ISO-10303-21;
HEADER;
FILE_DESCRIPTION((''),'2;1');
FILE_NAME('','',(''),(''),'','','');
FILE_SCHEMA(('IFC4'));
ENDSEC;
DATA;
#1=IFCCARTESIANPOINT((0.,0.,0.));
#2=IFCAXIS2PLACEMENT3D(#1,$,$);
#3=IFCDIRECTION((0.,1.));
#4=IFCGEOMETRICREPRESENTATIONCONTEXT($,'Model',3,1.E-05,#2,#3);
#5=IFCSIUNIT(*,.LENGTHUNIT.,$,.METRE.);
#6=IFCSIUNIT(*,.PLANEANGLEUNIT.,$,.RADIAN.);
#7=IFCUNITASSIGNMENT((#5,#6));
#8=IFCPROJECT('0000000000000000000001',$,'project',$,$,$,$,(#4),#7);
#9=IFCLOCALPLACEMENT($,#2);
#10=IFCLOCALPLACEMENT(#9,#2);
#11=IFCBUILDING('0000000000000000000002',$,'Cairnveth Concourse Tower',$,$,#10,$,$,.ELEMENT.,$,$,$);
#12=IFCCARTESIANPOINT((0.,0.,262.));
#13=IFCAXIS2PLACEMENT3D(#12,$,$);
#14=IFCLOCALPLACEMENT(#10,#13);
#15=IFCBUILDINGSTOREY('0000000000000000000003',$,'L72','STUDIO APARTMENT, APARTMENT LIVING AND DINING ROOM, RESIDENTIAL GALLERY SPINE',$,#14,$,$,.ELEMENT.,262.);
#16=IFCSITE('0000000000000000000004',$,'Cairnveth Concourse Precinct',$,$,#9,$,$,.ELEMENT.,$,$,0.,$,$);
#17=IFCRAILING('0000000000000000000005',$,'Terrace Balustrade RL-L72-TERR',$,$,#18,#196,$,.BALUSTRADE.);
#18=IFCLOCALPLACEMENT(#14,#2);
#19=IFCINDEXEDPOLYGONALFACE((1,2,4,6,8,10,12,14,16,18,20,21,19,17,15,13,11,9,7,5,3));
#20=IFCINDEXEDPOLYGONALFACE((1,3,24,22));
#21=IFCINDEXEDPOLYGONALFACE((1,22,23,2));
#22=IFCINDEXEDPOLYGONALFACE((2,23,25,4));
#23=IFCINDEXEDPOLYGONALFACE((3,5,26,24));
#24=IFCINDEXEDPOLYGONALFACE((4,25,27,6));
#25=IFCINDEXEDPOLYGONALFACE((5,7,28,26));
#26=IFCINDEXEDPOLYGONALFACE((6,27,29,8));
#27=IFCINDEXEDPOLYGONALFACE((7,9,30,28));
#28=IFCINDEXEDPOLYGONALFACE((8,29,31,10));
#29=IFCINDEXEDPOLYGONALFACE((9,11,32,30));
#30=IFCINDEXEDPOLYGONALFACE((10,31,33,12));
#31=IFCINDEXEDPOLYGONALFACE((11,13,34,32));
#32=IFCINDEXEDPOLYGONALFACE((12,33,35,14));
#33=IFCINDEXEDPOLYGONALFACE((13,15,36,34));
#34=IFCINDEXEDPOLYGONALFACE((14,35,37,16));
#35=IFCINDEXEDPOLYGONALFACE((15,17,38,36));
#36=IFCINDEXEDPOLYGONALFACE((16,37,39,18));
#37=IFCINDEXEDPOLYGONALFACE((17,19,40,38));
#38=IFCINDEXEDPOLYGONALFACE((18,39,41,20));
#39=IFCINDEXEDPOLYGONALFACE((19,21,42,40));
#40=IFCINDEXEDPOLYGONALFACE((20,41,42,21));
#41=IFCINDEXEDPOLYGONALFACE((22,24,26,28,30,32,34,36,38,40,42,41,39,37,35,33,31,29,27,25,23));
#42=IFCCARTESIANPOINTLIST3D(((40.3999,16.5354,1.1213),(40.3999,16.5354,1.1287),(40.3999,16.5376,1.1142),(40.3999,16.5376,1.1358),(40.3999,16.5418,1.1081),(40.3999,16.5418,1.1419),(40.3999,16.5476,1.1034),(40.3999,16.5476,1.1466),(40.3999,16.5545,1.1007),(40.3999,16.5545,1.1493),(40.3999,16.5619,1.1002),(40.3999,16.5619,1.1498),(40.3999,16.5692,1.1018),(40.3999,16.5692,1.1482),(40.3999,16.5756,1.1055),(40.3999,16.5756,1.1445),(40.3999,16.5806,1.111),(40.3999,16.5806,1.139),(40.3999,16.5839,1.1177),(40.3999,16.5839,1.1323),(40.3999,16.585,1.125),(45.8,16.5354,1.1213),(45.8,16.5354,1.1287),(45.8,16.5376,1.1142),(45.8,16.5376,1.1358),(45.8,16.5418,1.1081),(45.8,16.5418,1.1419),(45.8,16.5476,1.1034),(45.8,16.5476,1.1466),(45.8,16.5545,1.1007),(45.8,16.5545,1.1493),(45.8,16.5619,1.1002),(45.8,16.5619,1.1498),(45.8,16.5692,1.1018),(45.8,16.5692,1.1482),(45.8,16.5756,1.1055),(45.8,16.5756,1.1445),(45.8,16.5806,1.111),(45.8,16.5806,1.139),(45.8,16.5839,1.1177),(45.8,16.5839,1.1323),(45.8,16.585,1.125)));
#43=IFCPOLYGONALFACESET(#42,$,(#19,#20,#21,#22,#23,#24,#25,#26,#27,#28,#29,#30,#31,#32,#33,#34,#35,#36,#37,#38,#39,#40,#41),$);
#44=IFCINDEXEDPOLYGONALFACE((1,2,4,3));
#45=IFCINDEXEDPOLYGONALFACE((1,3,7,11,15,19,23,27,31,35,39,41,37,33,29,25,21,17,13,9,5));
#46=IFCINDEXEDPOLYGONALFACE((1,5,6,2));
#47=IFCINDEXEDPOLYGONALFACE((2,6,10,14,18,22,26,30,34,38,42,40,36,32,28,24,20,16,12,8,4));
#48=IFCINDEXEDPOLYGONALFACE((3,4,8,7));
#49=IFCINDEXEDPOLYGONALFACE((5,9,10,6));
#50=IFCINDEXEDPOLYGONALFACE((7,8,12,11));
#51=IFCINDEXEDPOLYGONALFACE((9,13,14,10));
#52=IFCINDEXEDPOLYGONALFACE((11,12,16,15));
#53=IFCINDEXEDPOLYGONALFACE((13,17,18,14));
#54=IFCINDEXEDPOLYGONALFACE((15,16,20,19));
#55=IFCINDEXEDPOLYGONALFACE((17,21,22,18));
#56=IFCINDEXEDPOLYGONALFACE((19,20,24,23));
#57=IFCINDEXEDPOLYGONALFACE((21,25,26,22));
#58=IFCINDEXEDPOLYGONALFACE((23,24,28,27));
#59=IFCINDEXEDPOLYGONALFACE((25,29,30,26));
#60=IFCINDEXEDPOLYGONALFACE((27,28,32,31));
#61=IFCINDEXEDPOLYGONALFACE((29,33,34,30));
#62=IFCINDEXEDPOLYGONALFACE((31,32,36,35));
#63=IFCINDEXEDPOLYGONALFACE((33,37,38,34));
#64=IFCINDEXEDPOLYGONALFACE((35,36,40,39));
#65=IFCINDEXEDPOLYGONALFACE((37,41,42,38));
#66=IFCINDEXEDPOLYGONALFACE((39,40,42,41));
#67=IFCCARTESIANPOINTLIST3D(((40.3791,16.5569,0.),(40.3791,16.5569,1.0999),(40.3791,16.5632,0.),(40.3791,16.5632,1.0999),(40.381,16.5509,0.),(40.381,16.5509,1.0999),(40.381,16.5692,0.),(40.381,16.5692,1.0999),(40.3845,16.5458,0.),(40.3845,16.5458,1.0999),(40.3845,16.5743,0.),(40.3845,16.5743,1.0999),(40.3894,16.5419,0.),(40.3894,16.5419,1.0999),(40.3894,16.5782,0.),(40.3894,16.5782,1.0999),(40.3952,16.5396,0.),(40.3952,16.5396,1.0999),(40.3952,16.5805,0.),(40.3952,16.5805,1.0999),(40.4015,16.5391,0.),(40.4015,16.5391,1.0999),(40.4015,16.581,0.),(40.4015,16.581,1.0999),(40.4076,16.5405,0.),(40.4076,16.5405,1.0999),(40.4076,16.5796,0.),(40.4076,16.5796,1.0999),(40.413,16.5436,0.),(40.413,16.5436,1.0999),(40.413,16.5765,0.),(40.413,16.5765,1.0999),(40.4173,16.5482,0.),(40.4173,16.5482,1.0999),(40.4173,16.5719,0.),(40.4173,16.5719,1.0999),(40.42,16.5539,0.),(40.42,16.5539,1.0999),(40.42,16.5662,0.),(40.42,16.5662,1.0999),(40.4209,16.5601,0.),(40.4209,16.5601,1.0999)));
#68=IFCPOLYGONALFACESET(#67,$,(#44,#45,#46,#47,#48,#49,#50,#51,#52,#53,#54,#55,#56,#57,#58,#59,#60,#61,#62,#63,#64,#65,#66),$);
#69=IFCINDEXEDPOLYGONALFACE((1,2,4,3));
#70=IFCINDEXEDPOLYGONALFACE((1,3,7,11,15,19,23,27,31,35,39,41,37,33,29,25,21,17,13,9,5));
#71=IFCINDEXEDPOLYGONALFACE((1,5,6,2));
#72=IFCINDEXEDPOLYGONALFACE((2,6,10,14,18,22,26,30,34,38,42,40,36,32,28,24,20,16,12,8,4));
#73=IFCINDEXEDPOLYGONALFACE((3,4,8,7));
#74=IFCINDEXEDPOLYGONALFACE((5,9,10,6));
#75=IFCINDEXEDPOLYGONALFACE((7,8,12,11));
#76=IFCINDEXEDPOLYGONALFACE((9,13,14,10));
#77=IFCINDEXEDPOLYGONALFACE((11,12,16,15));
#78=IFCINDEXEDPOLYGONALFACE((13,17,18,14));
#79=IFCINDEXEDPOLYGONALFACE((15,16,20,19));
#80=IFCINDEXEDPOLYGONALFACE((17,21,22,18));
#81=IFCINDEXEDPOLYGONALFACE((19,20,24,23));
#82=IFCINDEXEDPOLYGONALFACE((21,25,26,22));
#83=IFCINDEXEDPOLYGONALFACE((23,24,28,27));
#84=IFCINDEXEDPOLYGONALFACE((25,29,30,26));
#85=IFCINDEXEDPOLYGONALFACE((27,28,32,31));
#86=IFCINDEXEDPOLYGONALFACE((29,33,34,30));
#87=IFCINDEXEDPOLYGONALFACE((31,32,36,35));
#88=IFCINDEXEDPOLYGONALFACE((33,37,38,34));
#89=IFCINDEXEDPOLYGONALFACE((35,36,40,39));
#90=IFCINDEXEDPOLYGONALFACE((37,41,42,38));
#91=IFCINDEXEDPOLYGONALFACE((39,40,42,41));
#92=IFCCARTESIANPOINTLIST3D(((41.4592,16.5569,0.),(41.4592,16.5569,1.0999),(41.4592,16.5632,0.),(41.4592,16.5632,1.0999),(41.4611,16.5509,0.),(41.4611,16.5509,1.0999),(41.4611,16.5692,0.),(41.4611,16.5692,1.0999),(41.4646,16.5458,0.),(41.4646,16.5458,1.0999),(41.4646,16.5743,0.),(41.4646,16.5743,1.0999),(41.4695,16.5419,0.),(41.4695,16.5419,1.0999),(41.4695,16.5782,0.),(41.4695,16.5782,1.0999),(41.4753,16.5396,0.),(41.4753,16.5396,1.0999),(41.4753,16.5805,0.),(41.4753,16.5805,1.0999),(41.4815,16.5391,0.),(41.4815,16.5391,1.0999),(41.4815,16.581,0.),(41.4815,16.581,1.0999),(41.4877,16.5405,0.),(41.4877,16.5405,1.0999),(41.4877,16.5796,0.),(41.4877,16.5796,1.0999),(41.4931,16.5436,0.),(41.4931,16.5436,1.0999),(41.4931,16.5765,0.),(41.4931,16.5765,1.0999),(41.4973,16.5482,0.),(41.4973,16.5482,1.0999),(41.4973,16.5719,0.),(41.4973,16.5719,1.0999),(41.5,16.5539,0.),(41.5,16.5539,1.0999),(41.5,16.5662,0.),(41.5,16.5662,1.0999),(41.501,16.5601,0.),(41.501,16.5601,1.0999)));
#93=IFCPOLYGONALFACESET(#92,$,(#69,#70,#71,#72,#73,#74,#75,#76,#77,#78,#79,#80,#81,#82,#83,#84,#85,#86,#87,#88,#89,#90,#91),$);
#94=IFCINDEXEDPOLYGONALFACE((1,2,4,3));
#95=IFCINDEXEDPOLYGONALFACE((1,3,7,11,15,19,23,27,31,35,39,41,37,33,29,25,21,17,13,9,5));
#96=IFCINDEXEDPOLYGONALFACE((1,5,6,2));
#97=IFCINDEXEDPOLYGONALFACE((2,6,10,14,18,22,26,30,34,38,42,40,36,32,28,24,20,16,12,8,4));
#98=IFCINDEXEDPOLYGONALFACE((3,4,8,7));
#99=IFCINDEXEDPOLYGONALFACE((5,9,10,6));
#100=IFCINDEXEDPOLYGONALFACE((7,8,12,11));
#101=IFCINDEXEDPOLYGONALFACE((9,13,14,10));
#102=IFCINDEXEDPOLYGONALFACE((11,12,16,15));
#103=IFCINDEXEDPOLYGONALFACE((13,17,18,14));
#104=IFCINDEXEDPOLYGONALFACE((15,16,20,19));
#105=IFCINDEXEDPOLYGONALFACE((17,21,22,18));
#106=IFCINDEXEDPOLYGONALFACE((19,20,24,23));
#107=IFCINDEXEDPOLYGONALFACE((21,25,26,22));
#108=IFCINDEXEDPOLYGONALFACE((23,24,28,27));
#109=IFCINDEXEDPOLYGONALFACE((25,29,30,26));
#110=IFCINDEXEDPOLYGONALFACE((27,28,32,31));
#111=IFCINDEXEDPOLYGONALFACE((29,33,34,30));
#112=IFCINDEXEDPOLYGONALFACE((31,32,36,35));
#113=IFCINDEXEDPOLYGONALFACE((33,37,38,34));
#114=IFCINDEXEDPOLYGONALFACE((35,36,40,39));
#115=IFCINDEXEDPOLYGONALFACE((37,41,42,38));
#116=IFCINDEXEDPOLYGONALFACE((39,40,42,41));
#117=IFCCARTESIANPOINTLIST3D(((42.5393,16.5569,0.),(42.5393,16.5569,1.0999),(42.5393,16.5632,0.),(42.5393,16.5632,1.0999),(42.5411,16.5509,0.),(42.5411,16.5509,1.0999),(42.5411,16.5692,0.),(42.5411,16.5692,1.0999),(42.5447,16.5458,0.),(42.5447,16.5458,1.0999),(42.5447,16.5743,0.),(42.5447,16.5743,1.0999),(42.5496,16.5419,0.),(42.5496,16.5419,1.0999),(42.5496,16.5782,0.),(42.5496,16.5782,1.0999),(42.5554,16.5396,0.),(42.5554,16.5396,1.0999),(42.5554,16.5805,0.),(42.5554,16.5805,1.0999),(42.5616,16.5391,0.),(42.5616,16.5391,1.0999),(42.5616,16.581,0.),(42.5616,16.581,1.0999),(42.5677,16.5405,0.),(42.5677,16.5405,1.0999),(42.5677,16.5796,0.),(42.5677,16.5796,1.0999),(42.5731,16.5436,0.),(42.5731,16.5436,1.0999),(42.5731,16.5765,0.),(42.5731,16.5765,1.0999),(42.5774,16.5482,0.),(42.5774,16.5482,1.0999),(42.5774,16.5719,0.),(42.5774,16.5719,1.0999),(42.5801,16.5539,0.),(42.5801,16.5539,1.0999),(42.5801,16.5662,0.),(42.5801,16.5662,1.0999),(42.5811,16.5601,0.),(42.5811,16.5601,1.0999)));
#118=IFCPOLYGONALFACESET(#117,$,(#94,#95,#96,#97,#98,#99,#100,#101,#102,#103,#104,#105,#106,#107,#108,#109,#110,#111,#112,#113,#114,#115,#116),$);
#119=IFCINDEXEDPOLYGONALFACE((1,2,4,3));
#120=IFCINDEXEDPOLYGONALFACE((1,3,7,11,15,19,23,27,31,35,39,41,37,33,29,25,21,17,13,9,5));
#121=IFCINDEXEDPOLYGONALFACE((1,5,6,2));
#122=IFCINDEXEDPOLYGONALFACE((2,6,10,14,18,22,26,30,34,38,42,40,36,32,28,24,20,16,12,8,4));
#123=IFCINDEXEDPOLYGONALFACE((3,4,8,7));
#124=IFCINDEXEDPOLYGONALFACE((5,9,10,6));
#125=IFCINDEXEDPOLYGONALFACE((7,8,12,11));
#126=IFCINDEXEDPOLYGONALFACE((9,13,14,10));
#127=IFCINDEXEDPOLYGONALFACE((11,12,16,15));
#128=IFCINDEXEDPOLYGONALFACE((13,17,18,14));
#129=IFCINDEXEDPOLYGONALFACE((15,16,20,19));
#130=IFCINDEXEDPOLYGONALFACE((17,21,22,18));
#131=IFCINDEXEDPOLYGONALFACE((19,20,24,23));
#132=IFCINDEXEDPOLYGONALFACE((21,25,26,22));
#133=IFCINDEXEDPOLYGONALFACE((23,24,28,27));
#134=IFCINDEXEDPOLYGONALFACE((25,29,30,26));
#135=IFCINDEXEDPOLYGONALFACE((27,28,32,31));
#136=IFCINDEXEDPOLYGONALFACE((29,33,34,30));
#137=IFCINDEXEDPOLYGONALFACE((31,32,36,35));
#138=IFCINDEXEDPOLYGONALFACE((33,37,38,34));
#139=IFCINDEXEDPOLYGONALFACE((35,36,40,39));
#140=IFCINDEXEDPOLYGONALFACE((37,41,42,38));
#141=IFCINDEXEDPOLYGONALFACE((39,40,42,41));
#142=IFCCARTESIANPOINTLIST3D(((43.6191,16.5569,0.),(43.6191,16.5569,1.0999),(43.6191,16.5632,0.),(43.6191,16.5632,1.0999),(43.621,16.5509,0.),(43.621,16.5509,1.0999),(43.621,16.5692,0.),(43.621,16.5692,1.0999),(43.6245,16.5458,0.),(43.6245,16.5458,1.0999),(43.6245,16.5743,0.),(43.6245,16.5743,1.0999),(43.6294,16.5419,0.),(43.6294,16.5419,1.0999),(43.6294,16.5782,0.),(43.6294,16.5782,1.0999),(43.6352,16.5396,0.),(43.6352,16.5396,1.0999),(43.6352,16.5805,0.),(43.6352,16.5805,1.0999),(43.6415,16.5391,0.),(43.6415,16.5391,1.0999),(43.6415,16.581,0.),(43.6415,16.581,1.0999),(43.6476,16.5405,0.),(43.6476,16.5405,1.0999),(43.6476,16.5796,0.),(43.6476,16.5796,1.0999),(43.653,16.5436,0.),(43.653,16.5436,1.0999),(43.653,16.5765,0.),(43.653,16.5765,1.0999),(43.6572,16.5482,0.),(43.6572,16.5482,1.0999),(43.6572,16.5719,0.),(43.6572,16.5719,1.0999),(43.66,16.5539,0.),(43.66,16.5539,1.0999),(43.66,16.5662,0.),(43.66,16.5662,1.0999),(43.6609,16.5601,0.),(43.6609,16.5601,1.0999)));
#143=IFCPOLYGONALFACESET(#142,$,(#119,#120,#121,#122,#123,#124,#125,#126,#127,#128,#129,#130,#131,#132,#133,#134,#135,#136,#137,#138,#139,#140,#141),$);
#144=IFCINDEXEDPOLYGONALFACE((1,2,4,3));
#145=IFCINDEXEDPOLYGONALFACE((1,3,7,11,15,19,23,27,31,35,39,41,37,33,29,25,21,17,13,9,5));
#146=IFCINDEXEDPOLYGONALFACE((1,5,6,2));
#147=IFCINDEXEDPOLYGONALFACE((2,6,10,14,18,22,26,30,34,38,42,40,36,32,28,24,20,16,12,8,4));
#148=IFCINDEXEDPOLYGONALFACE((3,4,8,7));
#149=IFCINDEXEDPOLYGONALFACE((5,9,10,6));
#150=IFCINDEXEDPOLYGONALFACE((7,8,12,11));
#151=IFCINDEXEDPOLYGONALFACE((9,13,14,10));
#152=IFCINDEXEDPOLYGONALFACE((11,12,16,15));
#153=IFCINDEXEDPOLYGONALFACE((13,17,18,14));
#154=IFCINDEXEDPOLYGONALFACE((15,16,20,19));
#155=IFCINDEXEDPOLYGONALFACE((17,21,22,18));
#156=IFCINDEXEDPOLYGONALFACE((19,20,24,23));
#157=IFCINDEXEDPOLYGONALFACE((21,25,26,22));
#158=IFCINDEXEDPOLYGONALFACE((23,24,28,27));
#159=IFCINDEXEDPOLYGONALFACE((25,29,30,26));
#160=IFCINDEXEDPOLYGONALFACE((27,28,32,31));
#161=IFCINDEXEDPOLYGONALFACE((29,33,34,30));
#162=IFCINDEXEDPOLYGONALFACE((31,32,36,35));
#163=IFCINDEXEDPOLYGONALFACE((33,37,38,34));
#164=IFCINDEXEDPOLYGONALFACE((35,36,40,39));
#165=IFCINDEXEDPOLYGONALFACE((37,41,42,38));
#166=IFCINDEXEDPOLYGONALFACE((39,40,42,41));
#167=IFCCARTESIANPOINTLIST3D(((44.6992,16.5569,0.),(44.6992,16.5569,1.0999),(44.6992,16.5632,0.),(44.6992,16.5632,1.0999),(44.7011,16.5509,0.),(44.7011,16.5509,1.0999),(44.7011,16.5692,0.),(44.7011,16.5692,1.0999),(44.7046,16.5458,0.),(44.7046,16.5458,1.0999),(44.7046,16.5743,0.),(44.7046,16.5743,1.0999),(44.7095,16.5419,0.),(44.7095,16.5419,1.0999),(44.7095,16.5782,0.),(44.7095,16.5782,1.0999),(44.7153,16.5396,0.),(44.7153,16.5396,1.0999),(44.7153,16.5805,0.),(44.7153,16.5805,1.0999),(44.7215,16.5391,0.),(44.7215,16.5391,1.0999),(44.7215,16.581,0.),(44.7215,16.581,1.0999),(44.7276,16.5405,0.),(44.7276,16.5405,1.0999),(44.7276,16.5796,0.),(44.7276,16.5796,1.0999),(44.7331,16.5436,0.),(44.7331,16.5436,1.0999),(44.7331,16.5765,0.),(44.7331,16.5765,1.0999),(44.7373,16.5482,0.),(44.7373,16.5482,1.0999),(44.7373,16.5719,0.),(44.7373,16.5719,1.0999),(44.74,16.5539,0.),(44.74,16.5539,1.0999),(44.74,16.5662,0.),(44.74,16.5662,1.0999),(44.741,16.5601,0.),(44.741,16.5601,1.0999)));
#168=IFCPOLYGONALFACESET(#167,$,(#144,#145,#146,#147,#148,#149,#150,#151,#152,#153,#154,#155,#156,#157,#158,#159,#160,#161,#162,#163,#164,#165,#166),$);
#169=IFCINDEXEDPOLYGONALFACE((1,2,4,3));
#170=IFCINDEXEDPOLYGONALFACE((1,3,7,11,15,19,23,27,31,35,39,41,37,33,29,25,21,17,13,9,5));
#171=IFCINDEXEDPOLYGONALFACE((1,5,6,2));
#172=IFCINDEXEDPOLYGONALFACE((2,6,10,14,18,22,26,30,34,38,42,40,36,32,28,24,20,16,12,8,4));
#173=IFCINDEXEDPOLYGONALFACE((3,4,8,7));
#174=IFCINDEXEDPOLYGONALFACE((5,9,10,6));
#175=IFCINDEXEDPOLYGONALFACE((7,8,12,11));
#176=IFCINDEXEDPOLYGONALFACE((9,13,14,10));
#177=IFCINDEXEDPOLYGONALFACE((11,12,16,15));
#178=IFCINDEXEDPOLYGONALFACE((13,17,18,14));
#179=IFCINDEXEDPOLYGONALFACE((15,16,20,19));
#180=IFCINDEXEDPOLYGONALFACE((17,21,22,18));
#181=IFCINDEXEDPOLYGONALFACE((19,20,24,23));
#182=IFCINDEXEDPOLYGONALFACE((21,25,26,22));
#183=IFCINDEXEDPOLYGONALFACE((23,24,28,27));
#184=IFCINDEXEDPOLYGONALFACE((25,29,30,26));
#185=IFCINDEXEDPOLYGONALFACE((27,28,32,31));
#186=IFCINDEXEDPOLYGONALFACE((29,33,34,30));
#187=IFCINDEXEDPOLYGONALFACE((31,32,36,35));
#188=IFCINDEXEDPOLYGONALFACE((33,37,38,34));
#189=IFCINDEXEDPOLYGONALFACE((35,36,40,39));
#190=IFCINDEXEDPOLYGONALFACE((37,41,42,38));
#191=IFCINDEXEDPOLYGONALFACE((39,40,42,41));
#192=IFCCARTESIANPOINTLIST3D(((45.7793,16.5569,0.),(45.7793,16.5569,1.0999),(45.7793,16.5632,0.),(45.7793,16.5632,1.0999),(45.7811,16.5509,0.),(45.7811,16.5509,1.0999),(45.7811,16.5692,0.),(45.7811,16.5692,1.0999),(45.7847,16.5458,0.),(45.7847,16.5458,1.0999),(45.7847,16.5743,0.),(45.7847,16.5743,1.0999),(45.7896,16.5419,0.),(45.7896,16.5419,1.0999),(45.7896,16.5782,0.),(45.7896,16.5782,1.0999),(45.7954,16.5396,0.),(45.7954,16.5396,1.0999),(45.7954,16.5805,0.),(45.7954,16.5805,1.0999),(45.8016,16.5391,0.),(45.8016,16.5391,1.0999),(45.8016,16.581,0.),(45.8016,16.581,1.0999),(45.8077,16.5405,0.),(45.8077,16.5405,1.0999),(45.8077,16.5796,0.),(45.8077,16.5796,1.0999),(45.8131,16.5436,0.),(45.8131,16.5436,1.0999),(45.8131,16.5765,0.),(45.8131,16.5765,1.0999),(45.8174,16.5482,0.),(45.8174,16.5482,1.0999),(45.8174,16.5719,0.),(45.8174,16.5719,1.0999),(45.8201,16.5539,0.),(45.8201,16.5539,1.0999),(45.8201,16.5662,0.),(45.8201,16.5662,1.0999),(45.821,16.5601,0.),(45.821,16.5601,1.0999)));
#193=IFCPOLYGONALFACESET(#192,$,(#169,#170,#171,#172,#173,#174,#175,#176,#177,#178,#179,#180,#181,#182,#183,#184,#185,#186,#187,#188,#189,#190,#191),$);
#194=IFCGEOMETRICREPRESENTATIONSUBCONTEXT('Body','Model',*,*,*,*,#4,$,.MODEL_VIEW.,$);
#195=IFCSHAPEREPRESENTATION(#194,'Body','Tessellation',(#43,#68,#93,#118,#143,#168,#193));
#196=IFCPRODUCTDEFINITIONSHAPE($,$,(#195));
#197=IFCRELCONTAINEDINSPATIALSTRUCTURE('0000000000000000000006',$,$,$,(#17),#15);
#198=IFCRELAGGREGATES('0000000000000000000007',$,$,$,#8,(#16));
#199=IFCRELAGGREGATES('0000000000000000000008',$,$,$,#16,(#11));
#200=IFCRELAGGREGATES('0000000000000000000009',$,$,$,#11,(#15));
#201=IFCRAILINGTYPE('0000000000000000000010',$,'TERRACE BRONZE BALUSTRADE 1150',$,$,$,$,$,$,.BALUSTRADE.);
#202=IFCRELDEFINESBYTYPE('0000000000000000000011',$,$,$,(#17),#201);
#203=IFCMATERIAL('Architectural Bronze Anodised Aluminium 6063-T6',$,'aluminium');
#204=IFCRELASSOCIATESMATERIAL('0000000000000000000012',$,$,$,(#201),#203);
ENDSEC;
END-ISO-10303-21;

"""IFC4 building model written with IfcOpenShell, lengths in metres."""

from ifc_helpers import new_model, si_unit, direction, frame, origin, origin_2d, place, context, subcontext, project, spatial, circle, extrude, material, type_object, element, save


model = new_model("IFC4")

# Units and contexts
model_context = context("Model", 3, precision=1e-05, world=origin(), true_north=direction((0.0, 1.0)))
body_context = subcontext(model_context, "Body", "Model", "MODEL_VIEW")
ifc_project = project(units=[si_unit("LENGTHUNIT", "METRE"), si_unit("PLANEANGLEUNIT", "RADIAN")], contexts=[model_context])

# Site, building, storey
site_placement = place(None, origin())
site = spatial("IfcSite", under=ifc_project, at=site_placement, Name="Cairnveth Concourse Precinct", CompositionType="ELEMENT", RefElevation=0.0)
building_placement = place(site_placement, origin())
building = spatial("IfcBuilding", under=site, at=building_placement, Name="Cairnveth Concourse Tower", CompositionType="ELEMENT")
storey_placement = place(building_placement, frame((0.0, 0.0, 262.0)))
storey = spatial("IfcBuildingStorey", under=building, at=storey_placement, Name="L72", Description="STUDIO APARTMENT, APARTMENT LIVING AND DINING ROOM, RESIDENTIAL GALLERY SPINE", CompositionType="ELEMENT", Elevation=262.0)

# Shared definitions
ifc_material_1 = material(Name="Architectural Bronze Anodised Aluminium 6063-T6", Category="aluminium")

# Railing
railing_type = type_object("IfcRailingType", Name="TERRACE BRONZE BALUSTRADE 1150", PredefinedType="BALUSTRADE", material=ifc_material_1)
railing_placement = place(storey_placement, frame((40.3999, 16.5601, 0.0)))
element("IfcRailing", 1, at=railing_placement, inside=storey, type_object=railing_type, Name="Terrace Balustrade RL-L72-TERR", PredefinedType="BALUSTRADE", context=body_context, shape_type="SweptSolid", body=[
    extrude(circle(Radius=0.0249, at=origin_2d()), frame((0.0, 0.0, 1.125), z_axis=(1.0, 0.0, 0.0), x_axis=(0.0, 1.0, 0.0)), (0.0, 0.0, 1.0), 5.4001),
    extrude(circle(Radius=0.021, at=origin_2d()), origin(), (0.0, 0.0, 1.0), 1.0999),
    extrude(circle(Radius=0.021, at=origin_2d()), frame((1.0801, 0.0, 0.0)), (0.0, 0.0, 1.0), 1.0999),
    extrude(circle(Radius=0.021, at=origin_2d()), frame((2.1602, 0.0, 0.0)), (0.0, 0.0, 1.0), 1.0999),
    extrude(circle(Radius=0.021, at=origin_2d()), frame((3.24, 0.0, 0.0)), (0.0, 0.0, 1.0), 1.0999),
    extrude(circle(Radius=0.021, at=origin_2d()), frame((4.3201, 0.0, 0.0)), (0.0, 0.0, 1.0), 1.0999),
    extrude(circle(Radius=0.021, at=origin_2d()), frame((5.4001, 0.0, 0.0)), (0.0, 0.0, 1.0), 1.0999),
])

save(model, "model.ifc")
